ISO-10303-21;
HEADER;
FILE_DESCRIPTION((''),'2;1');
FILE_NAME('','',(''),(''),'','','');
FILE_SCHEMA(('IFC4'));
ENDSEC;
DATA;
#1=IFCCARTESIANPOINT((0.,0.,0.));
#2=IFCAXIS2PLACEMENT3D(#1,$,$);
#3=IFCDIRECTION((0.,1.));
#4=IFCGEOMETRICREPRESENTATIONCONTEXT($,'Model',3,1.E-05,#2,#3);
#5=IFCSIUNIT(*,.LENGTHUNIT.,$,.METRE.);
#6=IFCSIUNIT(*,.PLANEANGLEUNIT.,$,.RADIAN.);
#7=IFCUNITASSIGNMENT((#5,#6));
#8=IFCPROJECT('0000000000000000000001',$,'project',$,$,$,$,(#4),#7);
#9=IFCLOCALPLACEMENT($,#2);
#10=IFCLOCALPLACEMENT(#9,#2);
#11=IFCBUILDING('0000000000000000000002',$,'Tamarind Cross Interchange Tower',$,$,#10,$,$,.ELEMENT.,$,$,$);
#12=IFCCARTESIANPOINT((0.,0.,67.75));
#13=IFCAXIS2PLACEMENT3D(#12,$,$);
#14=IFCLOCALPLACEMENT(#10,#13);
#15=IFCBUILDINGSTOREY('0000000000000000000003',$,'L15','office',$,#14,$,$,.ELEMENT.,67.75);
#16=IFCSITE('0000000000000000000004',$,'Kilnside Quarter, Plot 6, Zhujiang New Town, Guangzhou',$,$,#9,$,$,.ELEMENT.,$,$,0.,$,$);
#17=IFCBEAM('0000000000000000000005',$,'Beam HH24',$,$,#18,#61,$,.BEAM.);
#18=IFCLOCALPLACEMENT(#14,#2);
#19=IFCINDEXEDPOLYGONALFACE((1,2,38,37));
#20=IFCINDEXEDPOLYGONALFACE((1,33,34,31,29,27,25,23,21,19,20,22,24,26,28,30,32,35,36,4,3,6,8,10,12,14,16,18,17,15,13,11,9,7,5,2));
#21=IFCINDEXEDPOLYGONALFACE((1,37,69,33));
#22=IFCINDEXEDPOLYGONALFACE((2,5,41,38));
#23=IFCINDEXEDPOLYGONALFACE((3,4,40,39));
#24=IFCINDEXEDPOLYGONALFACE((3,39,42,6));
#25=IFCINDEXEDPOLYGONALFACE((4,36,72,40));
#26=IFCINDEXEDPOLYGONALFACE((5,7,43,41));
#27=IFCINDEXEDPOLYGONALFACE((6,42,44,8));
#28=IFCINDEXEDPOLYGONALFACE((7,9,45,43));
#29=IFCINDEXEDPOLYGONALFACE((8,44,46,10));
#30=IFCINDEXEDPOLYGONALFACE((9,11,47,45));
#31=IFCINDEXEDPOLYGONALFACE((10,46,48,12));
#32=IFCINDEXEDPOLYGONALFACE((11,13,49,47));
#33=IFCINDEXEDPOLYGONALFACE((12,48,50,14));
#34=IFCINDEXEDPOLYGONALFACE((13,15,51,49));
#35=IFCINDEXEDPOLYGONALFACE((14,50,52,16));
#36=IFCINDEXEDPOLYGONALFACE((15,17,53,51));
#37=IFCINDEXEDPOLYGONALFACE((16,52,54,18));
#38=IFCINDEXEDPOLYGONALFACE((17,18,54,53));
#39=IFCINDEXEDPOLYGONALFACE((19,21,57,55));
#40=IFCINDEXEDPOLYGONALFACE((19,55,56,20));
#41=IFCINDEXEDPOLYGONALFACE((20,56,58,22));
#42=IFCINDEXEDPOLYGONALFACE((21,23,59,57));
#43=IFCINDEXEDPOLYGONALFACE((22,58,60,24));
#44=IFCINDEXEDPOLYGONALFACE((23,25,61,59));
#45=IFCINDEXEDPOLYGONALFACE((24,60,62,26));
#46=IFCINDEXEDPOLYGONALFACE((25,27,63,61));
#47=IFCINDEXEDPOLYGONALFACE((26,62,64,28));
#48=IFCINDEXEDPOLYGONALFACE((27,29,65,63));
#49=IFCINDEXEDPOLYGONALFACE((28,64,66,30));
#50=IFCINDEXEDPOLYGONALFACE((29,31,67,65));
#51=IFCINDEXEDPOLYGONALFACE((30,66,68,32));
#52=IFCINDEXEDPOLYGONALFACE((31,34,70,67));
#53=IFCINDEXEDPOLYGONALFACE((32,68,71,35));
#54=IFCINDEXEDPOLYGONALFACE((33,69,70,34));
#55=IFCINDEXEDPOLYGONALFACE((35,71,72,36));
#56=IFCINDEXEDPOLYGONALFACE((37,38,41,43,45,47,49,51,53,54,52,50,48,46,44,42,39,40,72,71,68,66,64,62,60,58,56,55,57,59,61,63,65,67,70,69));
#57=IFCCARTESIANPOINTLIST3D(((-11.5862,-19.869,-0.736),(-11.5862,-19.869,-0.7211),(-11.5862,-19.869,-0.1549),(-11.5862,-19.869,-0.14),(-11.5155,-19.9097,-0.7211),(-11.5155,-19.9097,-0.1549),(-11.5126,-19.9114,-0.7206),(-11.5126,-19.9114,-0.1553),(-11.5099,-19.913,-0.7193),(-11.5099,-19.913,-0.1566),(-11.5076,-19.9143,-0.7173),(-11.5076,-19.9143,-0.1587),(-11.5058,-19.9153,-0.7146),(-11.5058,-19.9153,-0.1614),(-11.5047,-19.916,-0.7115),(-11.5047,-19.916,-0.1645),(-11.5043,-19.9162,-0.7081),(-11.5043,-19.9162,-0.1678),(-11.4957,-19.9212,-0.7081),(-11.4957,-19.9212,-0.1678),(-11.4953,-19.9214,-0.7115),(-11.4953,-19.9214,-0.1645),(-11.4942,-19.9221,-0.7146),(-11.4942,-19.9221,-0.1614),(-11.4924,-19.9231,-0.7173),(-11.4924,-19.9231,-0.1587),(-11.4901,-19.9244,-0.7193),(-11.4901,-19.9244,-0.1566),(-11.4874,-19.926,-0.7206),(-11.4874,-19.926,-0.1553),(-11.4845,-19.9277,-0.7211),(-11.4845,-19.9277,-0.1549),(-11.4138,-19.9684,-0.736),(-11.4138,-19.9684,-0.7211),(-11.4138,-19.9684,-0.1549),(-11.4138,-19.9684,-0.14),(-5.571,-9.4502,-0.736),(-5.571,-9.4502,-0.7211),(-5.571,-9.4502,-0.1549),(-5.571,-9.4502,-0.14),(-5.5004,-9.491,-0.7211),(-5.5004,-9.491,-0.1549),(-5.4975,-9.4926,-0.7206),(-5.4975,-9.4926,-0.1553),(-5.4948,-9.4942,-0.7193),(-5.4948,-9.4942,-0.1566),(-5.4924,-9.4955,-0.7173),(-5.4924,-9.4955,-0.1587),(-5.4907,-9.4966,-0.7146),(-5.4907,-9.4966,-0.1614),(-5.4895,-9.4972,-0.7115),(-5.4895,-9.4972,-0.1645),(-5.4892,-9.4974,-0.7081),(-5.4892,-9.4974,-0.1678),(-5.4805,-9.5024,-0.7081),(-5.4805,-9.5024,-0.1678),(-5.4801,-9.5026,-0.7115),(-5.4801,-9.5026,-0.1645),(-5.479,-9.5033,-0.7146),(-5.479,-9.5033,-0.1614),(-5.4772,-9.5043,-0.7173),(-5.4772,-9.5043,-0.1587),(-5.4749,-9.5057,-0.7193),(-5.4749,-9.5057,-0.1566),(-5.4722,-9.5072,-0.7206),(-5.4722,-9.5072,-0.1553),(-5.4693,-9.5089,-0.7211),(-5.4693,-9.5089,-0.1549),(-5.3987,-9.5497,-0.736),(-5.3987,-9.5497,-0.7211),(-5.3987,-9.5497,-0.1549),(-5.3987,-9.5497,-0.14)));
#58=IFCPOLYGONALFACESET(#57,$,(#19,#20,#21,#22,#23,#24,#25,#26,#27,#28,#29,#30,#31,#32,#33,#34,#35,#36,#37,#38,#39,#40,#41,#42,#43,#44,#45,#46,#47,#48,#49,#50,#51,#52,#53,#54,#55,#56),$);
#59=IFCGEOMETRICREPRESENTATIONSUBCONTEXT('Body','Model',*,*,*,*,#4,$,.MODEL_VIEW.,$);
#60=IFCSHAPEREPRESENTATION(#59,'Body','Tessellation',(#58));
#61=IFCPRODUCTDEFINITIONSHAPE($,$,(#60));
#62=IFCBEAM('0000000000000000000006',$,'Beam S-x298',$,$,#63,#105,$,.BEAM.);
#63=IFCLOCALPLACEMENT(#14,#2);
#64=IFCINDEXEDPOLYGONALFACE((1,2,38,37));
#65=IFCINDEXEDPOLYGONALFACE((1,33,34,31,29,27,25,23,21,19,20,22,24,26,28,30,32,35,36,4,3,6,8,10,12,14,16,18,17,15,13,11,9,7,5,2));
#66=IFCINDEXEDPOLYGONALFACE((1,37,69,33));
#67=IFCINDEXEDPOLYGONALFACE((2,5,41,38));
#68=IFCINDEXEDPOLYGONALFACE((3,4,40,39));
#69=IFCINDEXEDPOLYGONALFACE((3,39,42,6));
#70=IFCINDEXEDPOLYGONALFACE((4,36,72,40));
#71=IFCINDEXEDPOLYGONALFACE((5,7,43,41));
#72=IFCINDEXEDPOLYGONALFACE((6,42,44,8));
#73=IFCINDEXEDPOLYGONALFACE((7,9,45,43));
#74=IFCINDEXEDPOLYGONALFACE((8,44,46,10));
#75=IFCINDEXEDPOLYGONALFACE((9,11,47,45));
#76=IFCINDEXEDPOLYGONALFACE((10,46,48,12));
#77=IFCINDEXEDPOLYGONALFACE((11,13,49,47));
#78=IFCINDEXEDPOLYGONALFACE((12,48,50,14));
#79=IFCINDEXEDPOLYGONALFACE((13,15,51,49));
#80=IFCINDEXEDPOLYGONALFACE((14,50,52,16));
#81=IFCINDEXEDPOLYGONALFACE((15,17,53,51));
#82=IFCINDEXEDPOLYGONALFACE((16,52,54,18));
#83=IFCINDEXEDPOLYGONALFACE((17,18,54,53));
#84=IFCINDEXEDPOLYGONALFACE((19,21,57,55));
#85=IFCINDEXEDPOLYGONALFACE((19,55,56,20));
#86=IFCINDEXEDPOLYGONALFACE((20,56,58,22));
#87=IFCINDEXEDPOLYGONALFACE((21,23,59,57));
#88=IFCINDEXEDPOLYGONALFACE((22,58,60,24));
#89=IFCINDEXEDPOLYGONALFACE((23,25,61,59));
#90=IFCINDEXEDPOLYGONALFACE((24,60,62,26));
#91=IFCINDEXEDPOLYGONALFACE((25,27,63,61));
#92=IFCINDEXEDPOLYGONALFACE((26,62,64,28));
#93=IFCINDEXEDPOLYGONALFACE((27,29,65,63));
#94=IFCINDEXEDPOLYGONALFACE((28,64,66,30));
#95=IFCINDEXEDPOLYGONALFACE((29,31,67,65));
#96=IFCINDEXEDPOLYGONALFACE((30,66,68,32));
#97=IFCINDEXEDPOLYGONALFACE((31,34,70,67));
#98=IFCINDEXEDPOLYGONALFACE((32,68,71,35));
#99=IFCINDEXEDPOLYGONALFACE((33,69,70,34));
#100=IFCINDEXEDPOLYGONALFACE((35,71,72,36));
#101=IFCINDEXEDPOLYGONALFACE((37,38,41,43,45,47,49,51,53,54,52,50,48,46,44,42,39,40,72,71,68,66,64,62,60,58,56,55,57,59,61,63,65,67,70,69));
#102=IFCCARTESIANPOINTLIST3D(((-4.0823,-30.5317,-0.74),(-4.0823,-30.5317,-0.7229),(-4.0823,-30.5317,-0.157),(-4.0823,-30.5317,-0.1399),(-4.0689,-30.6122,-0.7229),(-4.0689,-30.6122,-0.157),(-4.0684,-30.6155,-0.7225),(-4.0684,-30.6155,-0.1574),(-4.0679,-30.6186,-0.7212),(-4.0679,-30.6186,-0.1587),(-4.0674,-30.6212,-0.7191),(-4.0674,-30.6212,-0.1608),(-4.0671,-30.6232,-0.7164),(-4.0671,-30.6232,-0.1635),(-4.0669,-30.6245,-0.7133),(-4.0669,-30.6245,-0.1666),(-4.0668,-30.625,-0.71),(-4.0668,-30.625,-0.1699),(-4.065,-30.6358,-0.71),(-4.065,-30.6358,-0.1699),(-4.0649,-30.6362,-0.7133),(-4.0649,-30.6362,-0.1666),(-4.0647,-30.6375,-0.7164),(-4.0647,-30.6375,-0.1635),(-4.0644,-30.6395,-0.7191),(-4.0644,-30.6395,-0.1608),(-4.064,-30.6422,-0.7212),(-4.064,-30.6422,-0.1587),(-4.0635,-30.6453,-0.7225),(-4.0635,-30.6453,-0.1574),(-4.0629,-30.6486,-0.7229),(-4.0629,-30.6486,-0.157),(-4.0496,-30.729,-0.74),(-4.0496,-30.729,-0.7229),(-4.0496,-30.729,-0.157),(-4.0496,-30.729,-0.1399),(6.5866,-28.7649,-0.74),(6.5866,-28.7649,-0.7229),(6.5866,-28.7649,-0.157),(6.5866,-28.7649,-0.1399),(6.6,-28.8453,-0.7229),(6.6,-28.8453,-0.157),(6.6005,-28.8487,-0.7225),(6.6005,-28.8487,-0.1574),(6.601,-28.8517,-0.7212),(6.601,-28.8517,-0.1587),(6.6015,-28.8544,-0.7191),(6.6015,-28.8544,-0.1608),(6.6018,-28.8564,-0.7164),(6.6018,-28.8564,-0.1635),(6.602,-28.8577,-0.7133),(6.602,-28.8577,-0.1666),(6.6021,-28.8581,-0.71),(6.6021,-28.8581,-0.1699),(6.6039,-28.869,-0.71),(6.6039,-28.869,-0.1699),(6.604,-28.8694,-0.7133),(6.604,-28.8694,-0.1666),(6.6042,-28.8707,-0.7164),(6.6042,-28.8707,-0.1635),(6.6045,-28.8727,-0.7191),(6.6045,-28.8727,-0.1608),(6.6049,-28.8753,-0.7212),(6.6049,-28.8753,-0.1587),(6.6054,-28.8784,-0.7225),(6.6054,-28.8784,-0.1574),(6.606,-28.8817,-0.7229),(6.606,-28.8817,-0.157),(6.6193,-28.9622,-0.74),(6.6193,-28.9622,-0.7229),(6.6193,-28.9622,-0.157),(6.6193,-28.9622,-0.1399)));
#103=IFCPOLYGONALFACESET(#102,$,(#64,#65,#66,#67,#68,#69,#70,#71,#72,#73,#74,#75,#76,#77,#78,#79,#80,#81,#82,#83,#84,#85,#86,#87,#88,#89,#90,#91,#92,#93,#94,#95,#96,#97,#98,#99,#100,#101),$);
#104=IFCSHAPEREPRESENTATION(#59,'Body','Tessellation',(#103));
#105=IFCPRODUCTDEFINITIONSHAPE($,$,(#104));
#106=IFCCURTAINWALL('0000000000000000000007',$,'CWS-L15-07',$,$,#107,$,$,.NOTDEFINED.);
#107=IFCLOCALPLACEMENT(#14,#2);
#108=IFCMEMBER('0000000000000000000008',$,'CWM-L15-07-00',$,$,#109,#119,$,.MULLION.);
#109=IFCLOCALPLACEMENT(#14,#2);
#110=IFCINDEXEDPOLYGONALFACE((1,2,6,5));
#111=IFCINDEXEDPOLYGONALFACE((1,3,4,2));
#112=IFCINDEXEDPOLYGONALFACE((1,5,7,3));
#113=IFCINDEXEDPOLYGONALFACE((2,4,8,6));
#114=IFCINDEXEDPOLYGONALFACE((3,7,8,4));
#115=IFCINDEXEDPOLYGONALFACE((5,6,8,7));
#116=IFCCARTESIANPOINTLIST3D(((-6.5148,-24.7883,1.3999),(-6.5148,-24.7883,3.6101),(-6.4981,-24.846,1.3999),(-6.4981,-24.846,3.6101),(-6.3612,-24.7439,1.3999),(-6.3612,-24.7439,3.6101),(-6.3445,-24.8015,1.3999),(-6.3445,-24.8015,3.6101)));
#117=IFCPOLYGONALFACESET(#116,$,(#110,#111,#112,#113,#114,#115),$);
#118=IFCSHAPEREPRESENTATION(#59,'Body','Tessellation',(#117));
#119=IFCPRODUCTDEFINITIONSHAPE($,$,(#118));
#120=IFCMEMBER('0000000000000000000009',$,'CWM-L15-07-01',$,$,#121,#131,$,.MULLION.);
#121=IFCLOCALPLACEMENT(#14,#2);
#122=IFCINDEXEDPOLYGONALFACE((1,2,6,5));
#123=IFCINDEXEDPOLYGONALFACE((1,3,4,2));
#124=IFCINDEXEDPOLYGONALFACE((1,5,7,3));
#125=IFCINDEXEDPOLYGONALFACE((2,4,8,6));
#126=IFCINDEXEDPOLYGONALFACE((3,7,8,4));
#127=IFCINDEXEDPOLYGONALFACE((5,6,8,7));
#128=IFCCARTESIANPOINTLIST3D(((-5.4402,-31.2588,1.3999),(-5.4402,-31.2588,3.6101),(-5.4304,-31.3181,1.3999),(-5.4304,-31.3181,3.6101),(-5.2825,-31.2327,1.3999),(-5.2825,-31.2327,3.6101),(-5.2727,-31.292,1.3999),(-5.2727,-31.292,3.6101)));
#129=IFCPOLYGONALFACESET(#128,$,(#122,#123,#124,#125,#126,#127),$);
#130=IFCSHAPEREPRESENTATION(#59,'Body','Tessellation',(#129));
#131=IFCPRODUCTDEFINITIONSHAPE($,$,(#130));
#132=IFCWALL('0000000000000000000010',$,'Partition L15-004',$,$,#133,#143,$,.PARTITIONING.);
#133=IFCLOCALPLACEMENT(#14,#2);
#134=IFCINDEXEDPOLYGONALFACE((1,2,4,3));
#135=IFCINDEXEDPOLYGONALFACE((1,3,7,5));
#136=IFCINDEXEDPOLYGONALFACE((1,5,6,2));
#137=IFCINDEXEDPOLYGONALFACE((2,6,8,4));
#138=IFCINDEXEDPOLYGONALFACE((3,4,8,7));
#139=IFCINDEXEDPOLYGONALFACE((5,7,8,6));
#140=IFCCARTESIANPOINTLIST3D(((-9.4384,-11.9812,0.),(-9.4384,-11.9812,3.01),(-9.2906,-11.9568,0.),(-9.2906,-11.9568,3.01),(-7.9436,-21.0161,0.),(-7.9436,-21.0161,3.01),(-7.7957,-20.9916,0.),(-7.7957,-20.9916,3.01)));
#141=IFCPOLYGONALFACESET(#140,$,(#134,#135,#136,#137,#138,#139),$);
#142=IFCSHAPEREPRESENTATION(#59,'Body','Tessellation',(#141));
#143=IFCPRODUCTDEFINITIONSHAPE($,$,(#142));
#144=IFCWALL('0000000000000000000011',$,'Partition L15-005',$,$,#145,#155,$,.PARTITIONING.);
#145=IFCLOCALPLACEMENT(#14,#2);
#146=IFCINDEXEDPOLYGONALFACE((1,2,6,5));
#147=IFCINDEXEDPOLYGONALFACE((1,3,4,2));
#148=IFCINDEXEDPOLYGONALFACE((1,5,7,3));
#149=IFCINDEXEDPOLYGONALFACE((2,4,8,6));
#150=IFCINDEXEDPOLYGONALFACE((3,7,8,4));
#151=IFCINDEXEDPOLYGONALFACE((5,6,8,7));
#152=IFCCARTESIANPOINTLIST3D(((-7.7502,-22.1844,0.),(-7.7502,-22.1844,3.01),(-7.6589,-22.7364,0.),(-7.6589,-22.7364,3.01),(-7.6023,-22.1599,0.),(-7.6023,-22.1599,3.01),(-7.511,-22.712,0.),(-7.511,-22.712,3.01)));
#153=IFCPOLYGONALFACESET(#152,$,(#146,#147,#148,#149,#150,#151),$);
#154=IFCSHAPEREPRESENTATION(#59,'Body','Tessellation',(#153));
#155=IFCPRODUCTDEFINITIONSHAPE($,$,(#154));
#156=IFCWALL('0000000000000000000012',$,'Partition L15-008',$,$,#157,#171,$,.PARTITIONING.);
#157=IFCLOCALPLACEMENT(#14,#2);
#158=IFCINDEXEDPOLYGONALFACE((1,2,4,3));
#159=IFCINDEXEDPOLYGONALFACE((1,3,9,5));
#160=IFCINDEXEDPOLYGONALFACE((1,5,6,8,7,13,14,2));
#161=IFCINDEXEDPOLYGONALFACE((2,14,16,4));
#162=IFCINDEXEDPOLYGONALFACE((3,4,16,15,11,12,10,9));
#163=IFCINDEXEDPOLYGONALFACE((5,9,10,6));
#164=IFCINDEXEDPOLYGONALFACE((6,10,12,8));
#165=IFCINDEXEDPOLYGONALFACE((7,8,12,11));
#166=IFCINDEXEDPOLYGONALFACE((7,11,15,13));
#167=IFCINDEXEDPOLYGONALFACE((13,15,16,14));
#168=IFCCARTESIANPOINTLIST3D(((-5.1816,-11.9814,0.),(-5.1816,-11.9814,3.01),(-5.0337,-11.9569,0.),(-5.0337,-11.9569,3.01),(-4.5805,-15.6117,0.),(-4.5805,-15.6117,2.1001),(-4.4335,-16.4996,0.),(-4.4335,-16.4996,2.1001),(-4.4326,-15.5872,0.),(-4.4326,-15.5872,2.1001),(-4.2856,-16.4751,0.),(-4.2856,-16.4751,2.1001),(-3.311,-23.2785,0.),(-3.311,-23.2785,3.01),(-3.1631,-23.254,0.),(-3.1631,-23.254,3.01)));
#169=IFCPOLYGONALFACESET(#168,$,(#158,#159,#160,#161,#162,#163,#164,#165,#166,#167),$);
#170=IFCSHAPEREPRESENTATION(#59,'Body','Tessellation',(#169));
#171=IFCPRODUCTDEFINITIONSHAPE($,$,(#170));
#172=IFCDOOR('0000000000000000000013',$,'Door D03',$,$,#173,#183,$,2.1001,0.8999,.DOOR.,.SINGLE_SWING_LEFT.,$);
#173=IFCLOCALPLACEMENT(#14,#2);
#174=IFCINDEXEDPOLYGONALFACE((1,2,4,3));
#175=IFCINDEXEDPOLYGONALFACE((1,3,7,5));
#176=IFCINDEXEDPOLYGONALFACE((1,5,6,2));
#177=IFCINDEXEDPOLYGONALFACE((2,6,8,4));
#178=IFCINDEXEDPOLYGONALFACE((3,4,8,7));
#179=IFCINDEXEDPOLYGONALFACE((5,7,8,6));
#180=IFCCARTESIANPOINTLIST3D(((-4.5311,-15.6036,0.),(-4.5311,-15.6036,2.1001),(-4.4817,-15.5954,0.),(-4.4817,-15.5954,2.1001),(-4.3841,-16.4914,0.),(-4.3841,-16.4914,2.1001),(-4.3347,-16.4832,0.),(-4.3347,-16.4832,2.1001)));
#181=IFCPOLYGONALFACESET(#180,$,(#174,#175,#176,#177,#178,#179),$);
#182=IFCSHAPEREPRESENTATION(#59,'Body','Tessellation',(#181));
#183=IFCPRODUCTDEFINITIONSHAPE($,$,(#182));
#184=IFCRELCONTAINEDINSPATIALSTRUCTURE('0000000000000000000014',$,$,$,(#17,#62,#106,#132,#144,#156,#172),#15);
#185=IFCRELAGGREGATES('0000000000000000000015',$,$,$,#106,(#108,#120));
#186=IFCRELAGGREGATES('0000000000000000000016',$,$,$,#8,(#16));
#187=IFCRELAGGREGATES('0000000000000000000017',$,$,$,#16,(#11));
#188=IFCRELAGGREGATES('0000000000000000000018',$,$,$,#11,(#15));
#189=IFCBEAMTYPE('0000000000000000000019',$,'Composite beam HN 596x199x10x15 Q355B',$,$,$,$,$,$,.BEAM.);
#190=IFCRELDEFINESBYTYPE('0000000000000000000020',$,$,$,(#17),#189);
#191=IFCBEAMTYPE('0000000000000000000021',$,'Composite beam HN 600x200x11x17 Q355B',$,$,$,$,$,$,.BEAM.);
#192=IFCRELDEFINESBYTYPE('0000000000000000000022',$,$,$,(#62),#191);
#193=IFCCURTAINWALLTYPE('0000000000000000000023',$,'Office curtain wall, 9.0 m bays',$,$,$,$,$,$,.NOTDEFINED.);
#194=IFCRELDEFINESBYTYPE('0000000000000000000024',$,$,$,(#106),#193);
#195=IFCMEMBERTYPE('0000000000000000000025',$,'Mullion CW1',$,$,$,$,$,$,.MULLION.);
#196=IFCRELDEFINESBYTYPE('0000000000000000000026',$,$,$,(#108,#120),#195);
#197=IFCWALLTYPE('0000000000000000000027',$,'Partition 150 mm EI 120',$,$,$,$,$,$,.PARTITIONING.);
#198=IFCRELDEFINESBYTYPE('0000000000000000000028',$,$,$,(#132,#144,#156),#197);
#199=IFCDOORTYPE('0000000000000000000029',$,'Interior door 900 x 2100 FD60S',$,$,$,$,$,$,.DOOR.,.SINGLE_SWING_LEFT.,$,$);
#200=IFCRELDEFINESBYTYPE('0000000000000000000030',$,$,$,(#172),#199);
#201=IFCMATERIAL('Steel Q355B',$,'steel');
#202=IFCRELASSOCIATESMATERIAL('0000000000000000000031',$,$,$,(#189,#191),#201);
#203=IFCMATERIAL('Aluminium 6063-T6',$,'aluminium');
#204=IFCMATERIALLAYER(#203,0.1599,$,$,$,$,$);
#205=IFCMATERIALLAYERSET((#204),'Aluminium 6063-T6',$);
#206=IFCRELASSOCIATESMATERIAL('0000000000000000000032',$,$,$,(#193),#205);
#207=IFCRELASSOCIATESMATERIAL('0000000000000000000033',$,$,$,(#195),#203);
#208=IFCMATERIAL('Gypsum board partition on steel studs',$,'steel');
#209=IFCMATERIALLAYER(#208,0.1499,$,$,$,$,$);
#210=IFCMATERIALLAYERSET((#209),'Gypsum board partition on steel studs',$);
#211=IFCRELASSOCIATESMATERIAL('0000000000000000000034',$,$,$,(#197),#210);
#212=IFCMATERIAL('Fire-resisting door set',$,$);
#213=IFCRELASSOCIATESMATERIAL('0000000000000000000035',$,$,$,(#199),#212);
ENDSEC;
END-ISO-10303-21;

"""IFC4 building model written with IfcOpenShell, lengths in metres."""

from ifc_helpers import new_model, si_unit, direction, frame, frame_2d, origin, origin_2d, place, context, subcontext, project, spatial, rectangle, i_section, extrude, material, layer, layer_set, material_profile, profile_set, type_object, element, fill, aggregate, save


model = new_model("IFC4")

# Units and contexts
model_context = context("Model", 3, precision=1e-05, world=origin(), true_north=direction((0.0, 1.0)))
body_context = subcontext(model_context, "Body", "Model", "MODEL_VIEW")
ifc_project = project(units=[si_unit("LENGTHUNIT", "METRE"), si_unit("PLANEANGLEUNIT", "RADIAN")], contexts=[model_context])

# Site, building, storey
site_placement = place(None, origin())
site = spatial("IfcSite", under=ifc_project, at=site_placement, Name="Kilnside Quarter, Plot 6, Zhujiang New Town, Guangzhou", CompositionType="ELEMENT", RefElevation=0.0)
building_placement = place(site_placement, origin())
building = spatial("IfcBuilding", under=site, at=building_placement, Name="Tamarind Cross Interchange Tower", CompositionType="ELEMENT")
storey_placement = place(building_placement, frame((0.0, 0.0, 67.75)))
storey = spatial("IfcBuildingStorey", under=building, at=storey_placement, Name="L15", Description="office", CompositionType="ELEMENT", Elevation=67.75)

# Beams
ifc_material_1 = material(Name="Steel Q355B", Category="steel")
ifc_material_profile_1 = material_profile(ifc_material_1, i_section(OverallWidth=0.199, OverallDepth=0.5959, WebThickness=0.01, FlangeThickness=0.0149, FilletRadius=0.0129, at=origin_2d()), Name="HN 596x199x10x15")
ifc_profile_set_1 = profile_set([ifc_material_profile_1], Name="Steel Q355B")
beam_type_1 = type_object("IfcBeamType", Name="Composite beam HN 596x199x10x15 Q355B", PredefinedType="BEAM", material=ifc_profile_set_1)
beam_1_placement = place(storey_placement, frame((-11.5, -19.9187, -0.438), z_axis=(0.499994, 0.866029, 0.0), x_axis=(-0.866029, 0.499994, 0.0)))
element("IfcBeam", 1, at=beam_1_placement, inside=storey, type_object=beam_type_1, Name="Beam HH24", PredefinedType="BEAM", context=body_context, shape_type="SweptSolid", body=[
    extrude(i_section(OverallWidth=0.199, OverallDepth=0.5959, WebThickness=0.01, FlangeThickness=0.0149, FilletRadius=0.0129, at=origin_2d()), origin(), (0.0, 0.0, 1.0), 12.0305),
])
ifc_material_profile_2 = material_profile(ifc_material_1, i_section(OverallWidth=0.2, OverallDepth=0.6001, WebThickness=0.011, FlangeThickness=0.0171, FilletRadius=0.0129, at=origin_2d()), Name="HN 600x200x11x17")
ifc_profile_set_2 = profile_set([ifc_material_profile_2], Name="Steel Q355B")
beam_type_2 = type_object("IfcBeamType", Name="Composite beam HN 600x200x11x17 Q355B", PredefinedType="BEAM", material=ifc_profile_set_2)
beam_2_placement = place(storey_placement, frame((-4.0659, -30.6304, -0.4399), z_axis=(0.986563, 0.163381, 0.0), x_axis=(-0.163381, 0.986563, 0.0)))
element("IfcBeam", 2, at=beam_2_placement, inside=storey, type_object=beam_type_2, Name="Beam S-x298", PredefinedType="BEAM", context=body_context, shape_type="SweptSolid", body=[
    extrude(i_section(OverallWidth=0.2, OverallDepth=0.6001, WebThickness=0.011, FlangeThickness=0.0171, FilletRadius=0.0129, at=origin_2d()), origin(), (0.0, 0.0, 1.0), 10.8142),
])

# Curtain wall, members
ifc_material_2 = material(Name="Aluminium 6063-T6", Category="aluminium")
ifc_layer_1 = layer(ifc_material_2, 0.1599)
ifc_layer_set_1 = layer_set([ifc_layer_1], Name="Aluminium 6063-T6")
curtain_wall_type = type_object("IfcCurtainWallType", Name="Office curtain wall, 9.0 m bays", PredefinedType="NOTDEFINED", material=ifc_layer_set_1)
curtain_wall_placement = place(storey_placement, origin())
curtain_wall = element("IfcCurtainWall", 3, at=curtain_wall_placement, inside=storey, type_object=curtain_wall_type, Name="CWS-L15-07", PredefinedType="NOTDEFINED")
ifc_material_profile_3 = material_profile(ifc_material_2, rectangle(XDim=0.0601, YDim=0.1599, at=origin_2d()), Name="Mullion CW1")
ifc_profile_set_3 = profile_set([ifc_material_profile_3], Name="Aluminium 6063-T6")
member_type = type_object("IfcMemberType", Name="Mullion CW1", PredefinedType="MULLION", material=ifc_profile_set_3)
member_1_placement = place(storey_placement, frame((-6.4297, -24.7949, 1.3999), z_axis=(0.0, 0.0, 1.0), x_axis=(0.27791, -0.960607, 0.0)))
member_1 = element("IfcMember", 4, at=member_1_placement, type_object=member_type, Name="CWM-L15-07-00", PredefinedType="MULLION", context=body_context, shape_type="SweptSolid", body=[
    extrude(rectangle(XDim=0.0601, YDim=0.1599, at=origin_2d()), origin(), (0.0, 0.0, 1.0), 2.2102),
])
member_2_placement = place(storey_placement, frame((-5.3564, -31.2754, 1.3999), z_axis=(0.0, 0.0, 1.0), x_axis=(0.163381, -0.986563, 0.0)))
member_2 = element("IfcMember", 5, at=member_2_placement, type_object=member_type, Name="CWM-L15-07-01", PredefinedType="MULLION", context=body_context, shape_type="SweptSolid", body=[
    extrude(rectangle(XDim=0.0601, YDim=0.1599, at=origin_2d()), origin(), (0.0, 0.0, 1.0), 2.2102),
])
aggregate(curtain_wall, [member_1, member_2])

# Walls
ifc_material_3 = material(Name="Gypsum board partition on steel studs", Category="steel")
ifc_layer_2 = layer(ifc_material_3, 0.1499)
ifc_layer_set_2 = layer_set([ifc_layer_2], Name="Gypsum board partition on steel studs")
wall_type_1 = type_object("IfcWallType", Name="Partition 150 mm EI 120", PredefinedType="PARTITIONING", material=ifc_layer_set_2)
wall_1_placement = place(storey_placement, frame((-9.3645, -11.969, 0.0), z_axis=(0.0, 0.0, 1.0), x_axis=(0.163236, -0.986587, 0.0)))
element("IfcWall", 6, at=wall_1_placement, inside=storey, type_object=wall_type_1, Name="Partition L15-004", PredefinedType="PARTITIONING", context=body_context, shape_type="SweptSolid", body=[
    extrude(rectangle(XDim=9.1577, YDim=0.1499, at=frame_2d((4.5789, 0.0))), origin(), (0.0, 0.0, 1.0), 3.01),
])
wall_2_placement = place(storey_placement, frame((-7.6763, -22.1721, 0.0), z_axis=(0.0, 0.0, 1.0), x_axis=(0.163196, -0.986594, 0.0)))
element("IfcWall", 7, at=wall_2_placement, inside=storey, type_object=wall_type_1, Name="Partition L15-005", PredefinedType="PARTITIONING", context=body_context, shape_type="SweptSolid", body=[
    extrude(rectangle(XDim=0.5596, YDim=0.1499, at=frame_2d((0.2798, 0.0))), origin(), (0.0, 0.0, 1.0), 3.01),
])

# Wall, opening, door
wall_3_placement = place(storey_placement, frame((-5.1077, -11.969, 0.0), z_axis=(0.0, 0.0, 1.0), x_axis=(0.163358, -0.986567, 0.0)))
wall_3 = element("IfcWall", 8, at=wall_3_placement, inside=storey, type_object=wall_type_1, Name="Partition L15-008", PredefinedType="PARTITIONING", context=body_context, shape_type="SweptSolid", body=[
    extrude(rectangle(XDim=11.4509, YDim=0.1499, at=frame_2d((5.7256, 0.0))), origin(), (0.0, 0.0, 1.0), 3.01),
])
opening_1_placement = place(wall_3_placement, frame((3.6799, 0.0, 0.0)))
opening_1 = element("IfcOpeningElement", 9, at=opening_1_placement, cuts=wall_3, PredefinedType="OPENING", context=body_context, shape_type="SweptSolid", body=[
    extrude(rectangle(XDim=0.8999, YDim=2.1001, at=frame_2d((0.45, 1.05))), frame((0.0, 0.085, 0.0), z_axis=(0.0, -1.0, 0.0), x_axis=(1.0, 0.0, 0.0)), (0.0, 0.0, 1.0), 0.1699),
])
ifc_material_4 = material(Name="Fire-resisting door set")
door_type_1 = type_object("IfcDoorType", Name="Interior door 900 x 2100 FD60S", OperationType="SINGLE_SWING_LEFT", PredefinedType="DOOR", material=ifc_material_4)
door_1_placement = place(opening_1_placement, frame((0.8999, 0.0, 0.0), z_axis=(0.0, 0.0, 1.0), x_axis=(-1.0, 0.0, 0.0)))
door_1 = element("IfcDoor", 10, at=door_1_placement, inside=storey, type_object=door_type_1, Name="Door D03", OperationType="SINGLE_SWING_LEFT", OverallHeight=2.1001, OverallWidth=0.8999, PredefinedType="DOOR", context=body_context, shape_type="SweptSolid", body=[
    extrude(rectangle(XDim=0.8999, YDim=2.1001, at=frame_2d((0.45, 1.05))), frame((0.0, 0.0249, 0.0), z_axis=(0.0, -1.0, 0.0), x_axis=(1.0, 0.0, 0.0)), (0.0, 0.0, 1.0), 0.05),
])
fill(opening_1, door_1)

save(model, "model.ifc")
